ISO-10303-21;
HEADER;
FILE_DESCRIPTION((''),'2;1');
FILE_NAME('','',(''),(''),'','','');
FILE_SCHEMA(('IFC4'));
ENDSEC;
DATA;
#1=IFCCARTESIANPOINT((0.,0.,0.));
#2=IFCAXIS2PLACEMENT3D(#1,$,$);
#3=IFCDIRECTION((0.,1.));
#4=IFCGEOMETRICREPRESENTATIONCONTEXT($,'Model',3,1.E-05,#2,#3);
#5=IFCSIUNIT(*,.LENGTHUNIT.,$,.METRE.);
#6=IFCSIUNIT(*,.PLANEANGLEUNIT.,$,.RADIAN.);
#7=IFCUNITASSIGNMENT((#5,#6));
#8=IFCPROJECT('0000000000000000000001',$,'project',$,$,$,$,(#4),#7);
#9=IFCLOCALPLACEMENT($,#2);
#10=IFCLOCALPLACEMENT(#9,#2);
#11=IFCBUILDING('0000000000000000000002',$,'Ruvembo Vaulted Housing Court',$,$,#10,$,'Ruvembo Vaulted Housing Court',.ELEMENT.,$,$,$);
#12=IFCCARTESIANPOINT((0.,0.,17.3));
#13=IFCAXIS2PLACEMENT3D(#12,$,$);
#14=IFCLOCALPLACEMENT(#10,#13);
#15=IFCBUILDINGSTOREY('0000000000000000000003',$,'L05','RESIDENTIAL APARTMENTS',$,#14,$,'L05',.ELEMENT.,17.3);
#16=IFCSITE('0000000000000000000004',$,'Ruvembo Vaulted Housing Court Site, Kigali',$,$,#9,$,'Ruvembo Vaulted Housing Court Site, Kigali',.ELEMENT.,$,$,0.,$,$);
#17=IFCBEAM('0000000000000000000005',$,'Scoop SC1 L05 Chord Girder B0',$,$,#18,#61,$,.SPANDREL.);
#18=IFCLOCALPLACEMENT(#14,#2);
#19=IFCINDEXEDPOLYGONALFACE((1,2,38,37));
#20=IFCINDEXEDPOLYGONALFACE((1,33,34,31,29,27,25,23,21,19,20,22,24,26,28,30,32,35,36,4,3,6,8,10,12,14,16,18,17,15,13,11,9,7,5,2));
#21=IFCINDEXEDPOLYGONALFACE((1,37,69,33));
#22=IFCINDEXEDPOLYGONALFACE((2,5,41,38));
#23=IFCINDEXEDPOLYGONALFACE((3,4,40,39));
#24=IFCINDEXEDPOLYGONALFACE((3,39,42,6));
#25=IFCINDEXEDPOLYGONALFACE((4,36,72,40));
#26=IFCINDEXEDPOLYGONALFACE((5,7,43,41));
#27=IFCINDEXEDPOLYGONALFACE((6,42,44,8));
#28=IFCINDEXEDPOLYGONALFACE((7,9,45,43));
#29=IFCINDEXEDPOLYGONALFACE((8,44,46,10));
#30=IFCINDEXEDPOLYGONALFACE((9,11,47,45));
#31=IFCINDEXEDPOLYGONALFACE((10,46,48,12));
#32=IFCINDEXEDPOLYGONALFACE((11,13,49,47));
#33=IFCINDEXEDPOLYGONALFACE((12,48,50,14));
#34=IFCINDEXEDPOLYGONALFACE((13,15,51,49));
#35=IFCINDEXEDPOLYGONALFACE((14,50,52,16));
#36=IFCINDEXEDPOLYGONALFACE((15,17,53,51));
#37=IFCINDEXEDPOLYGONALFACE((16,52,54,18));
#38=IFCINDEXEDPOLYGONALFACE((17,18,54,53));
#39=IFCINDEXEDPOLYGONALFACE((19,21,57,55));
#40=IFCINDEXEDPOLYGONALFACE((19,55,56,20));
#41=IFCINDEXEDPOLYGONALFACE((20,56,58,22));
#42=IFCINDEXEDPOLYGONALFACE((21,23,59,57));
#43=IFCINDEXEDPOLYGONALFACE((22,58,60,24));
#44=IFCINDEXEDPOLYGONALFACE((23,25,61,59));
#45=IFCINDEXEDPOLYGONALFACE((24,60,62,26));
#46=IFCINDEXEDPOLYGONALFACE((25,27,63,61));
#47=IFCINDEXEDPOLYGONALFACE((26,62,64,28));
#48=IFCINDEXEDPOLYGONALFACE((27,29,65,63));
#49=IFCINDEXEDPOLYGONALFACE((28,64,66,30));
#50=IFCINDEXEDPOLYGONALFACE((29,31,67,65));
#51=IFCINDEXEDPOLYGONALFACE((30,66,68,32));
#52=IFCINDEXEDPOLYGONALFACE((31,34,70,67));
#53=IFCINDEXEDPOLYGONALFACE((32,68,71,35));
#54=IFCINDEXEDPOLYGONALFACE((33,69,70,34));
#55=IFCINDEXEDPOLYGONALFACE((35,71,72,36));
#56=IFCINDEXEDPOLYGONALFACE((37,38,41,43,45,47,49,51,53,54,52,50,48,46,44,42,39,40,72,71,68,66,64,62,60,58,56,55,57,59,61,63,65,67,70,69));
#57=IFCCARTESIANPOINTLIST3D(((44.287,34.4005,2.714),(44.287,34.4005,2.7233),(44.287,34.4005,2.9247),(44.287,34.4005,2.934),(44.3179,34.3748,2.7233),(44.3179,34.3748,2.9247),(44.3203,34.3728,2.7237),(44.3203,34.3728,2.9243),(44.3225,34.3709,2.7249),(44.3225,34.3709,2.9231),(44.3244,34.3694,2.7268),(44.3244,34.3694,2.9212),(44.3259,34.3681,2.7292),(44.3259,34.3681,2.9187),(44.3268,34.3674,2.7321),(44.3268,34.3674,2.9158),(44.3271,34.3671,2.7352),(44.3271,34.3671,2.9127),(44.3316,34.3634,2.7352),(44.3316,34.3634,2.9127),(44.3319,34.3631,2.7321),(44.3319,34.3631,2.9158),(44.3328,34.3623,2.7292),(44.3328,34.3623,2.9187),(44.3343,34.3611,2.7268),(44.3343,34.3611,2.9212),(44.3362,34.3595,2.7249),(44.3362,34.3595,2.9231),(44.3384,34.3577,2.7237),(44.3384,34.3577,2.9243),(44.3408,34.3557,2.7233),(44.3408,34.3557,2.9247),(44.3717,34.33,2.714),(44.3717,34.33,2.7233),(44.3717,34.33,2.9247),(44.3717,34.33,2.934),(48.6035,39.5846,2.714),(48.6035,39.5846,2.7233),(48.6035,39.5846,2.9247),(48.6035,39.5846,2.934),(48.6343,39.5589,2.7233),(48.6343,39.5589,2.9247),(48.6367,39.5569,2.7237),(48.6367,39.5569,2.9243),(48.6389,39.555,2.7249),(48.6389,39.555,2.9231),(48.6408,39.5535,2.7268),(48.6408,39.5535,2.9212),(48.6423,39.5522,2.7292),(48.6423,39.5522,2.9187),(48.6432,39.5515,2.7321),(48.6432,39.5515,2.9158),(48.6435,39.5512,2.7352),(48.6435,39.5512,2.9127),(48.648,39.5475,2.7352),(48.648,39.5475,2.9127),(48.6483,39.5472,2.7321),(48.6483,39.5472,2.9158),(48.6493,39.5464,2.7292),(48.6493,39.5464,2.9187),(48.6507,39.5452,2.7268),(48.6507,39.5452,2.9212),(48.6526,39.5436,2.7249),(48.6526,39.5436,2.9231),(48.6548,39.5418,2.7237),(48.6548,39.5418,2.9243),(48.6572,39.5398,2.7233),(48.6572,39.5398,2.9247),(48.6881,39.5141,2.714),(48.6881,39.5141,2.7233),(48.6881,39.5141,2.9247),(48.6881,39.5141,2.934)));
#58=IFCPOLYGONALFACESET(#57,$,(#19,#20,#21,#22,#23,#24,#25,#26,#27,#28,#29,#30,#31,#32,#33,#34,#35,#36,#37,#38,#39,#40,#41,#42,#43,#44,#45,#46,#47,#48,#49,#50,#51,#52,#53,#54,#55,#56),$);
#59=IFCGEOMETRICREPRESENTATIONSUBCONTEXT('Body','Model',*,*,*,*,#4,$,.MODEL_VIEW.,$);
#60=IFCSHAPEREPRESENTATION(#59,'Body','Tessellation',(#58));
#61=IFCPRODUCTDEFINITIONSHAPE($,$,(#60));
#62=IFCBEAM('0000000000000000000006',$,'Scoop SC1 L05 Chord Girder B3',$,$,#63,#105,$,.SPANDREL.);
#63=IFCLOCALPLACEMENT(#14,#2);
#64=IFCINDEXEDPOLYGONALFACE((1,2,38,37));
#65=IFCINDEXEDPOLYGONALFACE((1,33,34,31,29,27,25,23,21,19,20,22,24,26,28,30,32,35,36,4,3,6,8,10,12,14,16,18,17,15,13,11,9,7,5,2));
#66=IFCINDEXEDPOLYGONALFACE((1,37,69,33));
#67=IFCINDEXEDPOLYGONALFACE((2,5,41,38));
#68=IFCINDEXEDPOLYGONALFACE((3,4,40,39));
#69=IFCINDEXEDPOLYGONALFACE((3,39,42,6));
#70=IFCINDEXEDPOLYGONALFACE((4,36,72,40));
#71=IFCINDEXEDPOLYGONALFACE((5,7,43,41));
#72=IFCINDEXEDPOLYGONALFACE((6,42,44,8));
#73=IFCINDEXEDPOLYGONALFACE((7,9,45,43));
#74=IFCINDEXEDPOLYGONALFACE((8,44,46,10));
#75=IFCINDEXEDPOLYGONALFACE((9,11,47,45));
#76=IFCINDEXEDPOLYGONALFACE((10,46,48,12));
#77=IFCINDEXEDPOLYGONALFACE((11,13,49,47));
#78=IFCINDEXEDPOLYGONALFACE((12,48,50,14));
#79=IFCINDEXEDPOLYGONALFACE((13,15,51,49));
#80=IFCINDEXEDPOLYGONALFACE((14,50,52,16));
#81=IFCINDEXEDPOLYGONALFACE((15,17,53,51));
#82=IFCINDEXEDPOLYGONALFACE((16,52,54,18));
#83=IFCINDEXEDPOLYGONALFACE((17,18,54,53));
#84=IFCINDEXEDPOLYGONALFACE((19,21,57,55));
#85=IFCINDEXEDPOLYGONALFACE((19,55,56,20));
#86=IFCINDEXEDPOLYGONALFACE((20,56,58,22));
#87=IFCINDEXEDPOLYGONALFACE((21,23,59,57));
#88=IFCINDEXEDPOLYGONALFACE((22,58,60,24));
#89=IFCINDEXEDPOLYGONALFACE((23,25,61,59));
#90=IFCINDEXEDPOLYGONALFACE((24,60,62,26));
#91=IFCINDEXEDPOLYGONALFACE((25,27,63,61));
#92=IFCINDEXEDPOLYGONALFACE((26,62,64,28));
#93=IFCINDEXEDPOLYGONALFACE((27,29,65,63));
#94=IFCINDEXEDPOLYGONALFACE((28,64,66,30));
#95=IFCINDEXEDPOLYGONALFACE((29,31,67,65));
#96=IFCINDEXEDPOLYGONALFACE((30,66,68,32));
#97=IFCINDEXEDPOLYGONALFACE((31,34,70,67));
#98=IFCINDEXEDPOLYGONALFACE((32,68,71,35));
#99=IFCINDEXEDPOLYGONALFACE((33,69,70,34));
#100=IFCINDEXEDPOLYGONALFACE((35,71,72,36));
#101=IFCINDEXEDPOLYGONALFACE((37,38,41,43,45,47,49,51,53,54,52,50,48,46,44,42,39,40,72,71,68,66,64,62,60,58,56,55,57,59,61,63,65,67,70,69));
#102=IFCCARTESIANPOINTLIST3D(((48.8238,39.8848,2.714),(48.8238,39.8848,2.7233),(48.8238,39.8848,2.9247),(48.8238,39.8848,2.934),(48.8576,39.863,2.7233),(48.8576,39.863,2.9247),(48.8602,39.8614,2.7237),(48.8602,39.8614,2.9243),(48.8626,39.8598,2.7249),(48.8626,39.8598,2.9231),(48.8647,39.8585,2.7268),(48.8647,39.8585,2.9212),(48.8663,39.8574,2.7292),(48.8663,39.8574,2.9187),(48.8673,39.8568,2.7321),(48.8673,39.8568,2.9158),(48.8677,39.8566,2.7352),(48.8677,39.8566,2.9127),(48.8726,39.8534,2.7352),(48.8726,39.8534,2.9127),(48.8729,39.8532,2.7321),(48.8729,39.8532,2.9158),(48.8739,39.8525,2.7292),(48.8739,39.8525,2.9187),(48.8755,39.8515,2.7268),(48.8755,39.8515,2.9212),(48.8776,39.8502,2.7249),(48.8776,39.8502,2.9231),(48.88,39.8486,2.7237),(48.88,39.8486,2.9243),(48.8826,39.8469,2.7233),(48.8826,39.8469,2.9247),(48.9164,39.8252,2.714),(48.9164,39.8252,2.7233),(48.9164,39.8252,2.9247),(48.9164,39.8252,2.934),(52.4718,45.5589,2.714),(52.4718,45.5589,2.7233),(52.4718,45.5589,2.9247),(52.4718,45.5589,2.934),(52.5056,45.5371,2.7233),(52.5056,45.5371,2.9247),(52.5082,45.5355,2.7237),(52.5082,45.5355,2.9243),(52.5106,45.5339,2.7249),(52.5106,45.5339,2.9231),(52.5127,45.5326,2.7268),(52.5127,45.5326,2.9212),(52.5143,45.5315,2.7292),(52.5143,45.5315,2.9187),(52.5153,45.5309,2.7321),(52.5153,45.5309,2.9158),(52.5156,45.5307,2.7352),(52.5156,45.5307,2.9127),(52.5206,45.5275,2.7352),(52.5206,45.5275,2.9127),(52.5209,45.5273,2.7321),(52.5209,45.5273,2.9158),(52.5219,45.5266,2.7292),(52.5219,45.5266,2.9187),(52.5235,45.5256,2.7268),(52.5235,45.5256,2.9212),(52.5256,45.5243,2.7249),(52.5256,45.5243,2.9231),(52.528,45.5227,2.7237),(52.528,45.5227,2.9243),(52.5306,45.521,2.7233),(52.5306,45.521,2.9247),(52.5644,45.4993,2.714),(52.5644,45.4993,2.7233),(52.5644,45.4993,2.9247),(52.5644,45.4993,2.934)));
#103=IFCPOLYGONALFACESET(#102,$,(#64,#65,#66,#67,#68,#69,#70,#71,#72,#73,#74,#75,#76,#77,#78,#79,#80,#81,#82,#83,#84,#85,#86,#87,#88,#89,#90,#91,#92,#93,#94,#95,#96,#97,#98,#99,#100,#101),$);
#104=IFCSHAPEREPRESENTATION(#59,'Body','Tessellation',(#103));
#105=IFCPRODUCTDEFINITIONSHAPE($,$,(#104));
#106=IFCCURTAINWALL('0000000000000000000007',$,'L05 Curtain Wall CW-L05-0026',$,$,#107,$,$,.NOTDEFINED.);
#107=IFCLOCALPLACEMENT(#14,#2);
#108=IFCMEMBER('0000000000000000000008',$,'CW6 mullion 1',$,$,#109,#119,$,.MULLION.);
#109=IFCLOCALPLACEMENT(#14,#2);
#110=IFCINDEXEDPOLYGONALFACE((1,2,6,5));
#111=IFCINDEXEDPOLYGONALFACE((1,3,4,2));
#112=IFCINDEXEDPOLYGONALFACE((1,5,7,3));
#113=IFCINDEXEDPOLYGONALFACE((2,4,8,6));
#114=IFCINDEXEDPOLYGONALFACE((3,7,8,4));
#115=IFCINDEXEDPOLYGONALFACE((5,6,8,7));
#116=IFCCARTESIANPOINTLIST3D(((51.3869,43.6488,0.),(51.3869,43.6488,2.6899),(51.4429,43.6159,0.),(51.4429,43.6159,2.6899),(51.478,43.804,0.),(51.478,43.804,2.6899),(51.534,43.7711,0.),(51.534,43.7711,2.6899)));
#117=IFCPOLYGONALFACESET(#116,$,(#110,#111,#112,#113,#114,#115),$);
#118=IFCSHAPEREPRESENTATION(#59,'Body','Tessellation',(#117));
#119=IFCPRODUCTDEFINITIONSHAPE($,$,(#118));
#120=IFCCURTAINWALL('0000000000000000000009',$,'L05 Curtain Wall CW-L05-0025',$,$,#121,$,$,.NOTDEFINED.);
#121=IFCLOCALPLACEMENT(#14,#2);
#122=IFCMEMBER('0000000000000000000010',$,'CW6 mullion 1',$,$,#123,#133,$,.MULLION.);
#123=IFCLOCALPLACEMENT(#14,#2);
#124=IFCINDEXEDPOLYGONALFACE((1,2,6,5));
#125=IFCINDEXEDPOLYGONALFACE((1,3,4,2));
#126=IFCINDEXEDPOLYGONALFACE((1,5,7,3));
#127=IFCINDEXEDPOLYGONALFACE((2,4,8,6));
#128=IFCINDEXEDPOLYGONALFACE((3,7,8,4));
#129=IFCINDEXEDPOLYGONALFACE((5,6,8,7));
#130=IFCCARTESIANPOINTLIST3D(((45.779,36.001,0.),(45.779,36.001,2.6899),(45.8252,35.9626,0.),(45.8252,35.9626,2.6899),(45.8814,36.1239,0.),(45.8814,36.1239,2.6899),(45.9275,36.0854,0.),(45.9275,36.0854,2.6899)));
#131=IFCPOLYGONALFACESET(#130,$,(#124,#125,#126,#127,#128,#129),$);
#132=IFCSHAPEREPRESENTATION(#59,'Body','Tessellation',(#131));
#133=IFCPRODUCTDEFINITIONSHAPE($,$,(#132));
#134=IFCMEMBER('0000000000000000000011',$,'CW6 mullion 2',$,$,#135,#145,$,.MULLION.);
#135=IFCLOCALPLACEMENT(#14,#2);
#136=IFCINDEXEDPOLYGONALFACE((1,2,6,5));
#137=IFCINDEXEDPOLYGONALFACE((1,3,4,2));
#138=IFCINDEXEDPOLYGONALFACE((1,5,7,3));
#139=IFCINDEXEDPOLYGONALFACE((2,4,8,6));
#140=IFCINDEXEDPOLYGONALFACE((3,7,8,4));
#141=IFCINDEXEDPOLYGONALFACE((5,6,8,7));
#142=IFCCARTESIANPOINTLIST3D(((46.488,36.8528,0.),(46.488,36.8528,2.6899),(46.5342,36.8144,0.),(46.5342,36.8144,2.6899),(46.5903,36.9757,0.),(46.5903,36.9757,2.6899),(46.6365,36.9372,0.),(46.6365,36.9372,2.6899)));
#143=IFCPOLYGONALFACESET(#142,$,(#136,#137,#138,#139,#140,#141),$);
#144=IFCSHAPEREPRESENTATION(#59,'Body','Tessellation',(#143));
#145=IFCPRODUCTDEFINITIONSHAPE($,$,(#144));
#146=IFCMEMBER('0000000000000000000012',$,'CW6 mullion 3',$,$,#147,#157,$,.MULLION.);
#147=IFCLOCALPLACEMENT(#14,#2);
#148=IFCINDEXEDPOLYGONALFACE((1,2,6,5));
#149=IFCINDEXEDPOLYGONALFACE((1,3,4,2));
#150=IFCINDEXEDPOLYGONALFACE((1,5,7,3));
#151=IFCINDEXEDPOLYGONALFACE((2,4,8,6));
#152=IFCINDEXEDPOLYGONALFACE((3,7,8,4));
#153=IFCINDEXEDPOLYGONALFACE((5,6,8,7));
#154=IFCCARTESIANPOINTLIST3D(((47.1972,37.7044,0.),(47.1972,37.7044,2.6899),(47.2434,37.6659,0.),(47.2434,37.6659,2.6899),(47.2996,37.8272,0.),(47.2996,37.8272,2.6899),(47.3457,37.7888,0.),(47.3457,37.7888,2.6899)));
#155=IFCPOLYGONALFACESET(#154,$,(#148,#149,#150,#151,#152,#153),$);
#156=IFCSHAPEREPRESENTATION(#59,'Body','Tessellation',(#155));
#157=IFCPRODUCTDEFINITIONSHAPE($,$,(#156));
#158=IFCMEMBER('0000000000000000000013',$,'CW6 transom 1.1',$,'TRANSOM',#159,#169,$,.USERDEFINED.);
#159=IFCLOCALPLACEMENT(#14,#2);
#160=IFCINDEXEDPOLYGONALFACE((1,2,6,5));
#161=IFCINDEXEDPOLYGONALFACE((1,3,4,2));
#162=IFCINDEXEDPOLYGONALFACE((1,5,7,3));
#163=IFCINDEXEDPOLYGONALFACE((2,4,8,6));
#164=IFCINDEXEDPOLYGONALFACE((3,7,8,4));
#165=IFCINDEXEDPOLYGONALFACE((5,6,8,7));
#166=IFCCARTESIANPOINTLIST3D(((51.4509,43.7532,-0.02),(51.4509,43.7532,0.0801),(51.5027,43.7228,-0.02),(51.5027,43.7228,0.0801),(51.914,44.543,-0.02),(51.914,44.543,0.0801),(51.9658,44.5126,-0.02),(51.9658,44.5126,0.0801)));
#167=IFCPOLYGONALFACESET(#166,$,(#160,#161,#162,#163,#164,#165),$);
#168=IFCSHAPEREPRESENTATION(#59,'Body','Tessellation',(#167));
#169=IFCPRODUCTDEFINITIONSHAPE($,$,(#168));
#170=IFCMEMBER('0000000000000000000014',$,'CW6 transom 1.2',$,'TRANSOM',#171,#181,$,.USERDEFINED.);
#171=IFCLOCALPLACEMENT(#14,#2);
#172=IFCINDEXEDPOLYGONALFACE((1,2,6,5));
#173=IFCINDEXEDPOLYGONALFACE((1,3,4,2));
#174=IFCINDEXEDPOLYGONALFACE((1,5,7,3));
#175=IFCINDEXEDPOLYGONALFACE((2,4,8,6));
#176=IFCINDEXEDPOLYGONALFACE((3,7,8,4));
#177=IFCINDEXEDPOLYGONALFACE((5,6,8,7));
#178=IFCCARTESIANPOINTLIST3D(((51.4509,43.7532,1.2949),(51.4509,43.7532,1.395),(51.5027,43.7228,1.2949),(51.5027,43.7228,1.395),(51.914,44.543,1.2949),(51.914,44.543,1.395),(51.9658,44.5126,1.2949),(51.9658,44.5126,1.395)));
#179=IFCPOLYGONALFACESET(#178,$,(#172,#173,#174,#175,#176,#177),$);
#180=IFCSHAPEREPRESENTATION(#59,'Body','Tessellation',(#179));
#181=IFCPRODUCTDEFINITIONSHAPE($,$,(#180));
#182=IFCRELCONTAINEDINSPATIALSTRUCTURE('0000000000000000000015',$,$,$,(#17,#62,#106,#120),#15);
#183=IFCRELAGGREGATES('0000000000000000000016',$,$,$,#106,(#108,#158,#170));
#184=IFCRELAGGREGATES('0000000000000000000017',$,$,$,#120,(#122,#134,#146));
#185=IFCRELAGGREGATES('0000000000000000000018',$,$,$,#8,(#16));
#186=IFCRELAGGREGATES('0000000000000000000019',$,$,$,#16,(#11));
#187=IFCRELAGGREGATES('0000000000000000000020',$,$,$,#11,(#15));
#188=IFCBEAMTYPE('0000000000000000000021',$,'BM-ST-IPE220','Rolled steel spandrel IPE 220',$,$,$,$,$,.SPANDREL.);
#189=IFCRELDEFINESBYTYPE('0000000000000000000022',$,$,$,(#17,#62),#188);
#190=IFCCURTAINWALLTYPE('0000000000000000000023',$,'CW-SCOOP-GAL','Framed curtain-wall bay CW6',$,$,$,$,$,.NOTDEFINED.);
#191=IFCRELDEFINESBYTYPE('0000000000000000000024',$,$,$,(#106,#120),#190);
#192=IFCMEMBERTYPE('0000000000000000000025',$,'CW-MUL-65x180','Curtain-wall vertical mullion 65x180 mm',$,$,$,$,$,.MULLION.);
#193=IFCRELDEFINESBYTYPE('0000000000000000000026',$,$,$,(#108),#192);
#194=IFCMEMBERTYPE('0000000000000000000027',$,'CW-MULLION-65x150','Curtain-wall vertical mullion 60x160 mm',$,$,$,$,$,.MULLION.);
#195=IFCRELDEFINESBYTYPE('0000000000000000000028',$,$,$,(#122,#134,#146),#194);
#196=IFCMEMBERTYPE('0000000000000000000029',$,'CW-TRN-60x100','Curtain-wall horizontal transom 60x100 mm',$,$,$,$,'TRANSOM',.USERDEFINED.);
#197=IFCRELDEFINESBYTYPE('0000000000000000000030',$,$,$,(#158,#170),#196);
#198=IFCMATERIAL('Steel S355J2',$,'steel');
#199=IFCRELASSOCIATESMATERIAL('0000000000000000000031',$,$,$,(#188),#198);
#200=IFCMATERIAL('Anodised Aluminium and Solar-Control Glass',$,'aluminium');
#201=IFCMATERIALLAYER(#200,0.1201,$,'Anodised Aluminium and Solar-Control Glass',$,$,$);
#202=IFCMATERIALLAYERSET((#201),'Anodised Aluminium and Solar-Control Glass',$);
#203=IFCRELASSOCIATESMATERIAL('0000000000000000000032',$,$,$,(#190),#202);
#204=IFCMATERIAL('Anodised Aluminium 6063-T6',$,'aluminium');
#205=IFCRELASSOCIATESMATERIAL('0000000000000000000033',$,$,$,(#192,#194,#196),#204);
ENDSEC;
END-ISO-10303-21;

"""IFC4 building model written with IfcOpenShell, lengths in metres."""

from ifc_helpers import new_model, si_unit, direction, frame, origin, origin_2d, place, context, subcontext, project, spatial, rectangle, i_section, extrude, material, layer, layer_set, material_profile, profile_set, type_object, element, aggregate, save


model = new_model("IFC4")

# Units and contexts
model_context = context("Model", 3, precision=1e-05, world=origin(), true_north=direction((0.0, 1.0)))
body_context = subcontext(model_context, "Body", "Model", "MODEL_VIEW")
ifc_project = project(units=[si_unit("LENGTHUNIT", "METRE"), si_unit("PLANEANGLEUNIT", "RADIAN")], contexts=[model_context])

# Site, building, storey
site_placement = place(None, origin())
site = spatial("IfcSite", under=ifc_project, at=site_placement, Name="Ruvembo Vaulted Housing Court Site, Kigali", LongName="Ruvembo Vaulted Housing Court Site, Kigali", CompositionType="ELEMENT", RefElevation=0.0)
building_placement = place(site_placement, origin())
building = spatial("IfcBuilding", under=site, at=building_placement, Name="Ruvembo Vaulted Housing Court", LongName="Ruvembo Vaulted Housing Court", CompositionType="ELEMENT")
storey_placement = place(building_placement, frame((0.0, 0.0, 17.3)))
storey = spatial("IfcBuildingStorey", under=building, at=storey_placement, Name="L05", Description="RESIDENTIAL APARTMENTS", LongName="L05", CompositionType="ELEMENT", Elevation=17.3)

# Beams
ifc_material_1 = material(Name="Steel S355J2", Category="steel")
ifc_material_profile_1 = material_profile(ifc_material_1, i_section(OverallWidth=0.1101, OverallDepth=0.22, WebThickness=0.0059, FlangeThickness=0.0093, FilletRadius=0.012, at=origin_2d()), Name="IPE 220")
ifc_profile_set_1 = profile_set([ifc_material_profile_1], Name="Steel S355J2")
beam_type_1 = type_object("IfcBeamType", Name="BM-ST-IPE220", Description="Rolled steel spandrel IPE 220", PredefinedType="SPANDREL", material=ifc_profile_set_1)
beam_1_placement = place(storey_placement, frame((44.3293, 34.3652, 2.824), z_axis=(0.639864, 0.768488, 0.0), x_axis=(-0.768488, 0.639864, 0.0)))
element("IfcBeam", 1, at=beam_1_placement, inside=storey, type_object=beam_type_1, Name="Scoop SC1 L05 Chord Girder B0", PredefinedType="SPANDREL", context=body_context, shape_type="SweptSolid", body=[
    extrude(i_section(OverallWidth=0.1101, OverallDepth=0.22, WebThickness=0.0059, FlangeThickness=0.0093, FilletRadius=0.012, at=origin_2d()), origin(), (0.0, 0.0, 1.0), 6.7458),
])
beam_2_placement = place(storey_placement, frame((48.8701, 39.855, 2.824), z_axis=(0.540792, 0.841156, 0.0), x_axis=(-0.841156, 0.540792, 0.0)))
element("IfcBeam", 2, at=beam_2_placement, inside=storey, type_object=beam_type_1, Name="Scoop SC1 L05 Chord Girder B3", PredefinedType="SPANDREL", context=body_context, shape_type="SweptSolid", body=[
    extrude(i_section(OverallWidth=0.1101, OverallDepth=0.22, WebThickness=0.0059, FlangeThickness=0.0093, FilletRadius=0.012, at=origin_2d()), origin(), (0.0, 0.0, 1.0), 6.7456),
])

# Curtain wall, member
ifc_material_2 = material(Name="Anodised Aluminium and Solar-Control Glass", Category="aluminium")
ifc_layer_1 = layer(ifc_material_2, 0.1201, Name="Anodised Aluminium and Solar-Control Glass")
ifc_layer_set_1 = layer_set([ifc_layer_1], Name="Anodised Aluminium and Solar-Control Glass")
curtain_wall_type = type_object("IfcCurtainWallType", Name="CW-SCOOP-GAL", Description="Framed curtain-wall bay CW6", PredefinedType="NOTDEFINED", material=ifc_layer_set_1)
curtain_wall_1_placement = place(storey_placement, origin())
curtain_wall_1 = element("IfcCurtainWall", 3, at=curtain_wall_1_placement, inside=storey, type_object=curtain_wall_type, Name="L05 Curtain Wall CW-L05-0026", PredefinedType="NOTDEFINED")
ifc_material_3 = material(Name="Anodised Aluminium 6063-T6", Category="aluminium")
ifc_material_profile_2 = material_profile(ifc_material_3, rectangle(XDim=0.0649, YDim=0.1799, at=origin_2d()), Name="ALU 65x180")
ifc_profile_set_2 = profile_set([ifc_material_profile_2], Name="Anodised Aluminium 6063-T6")
member_type_1 = type_object("IfcMemberType", Name="CW-MUL-65x180", Description="Curtain-wall vertical mullion 65x180 mm", PredefinedType="MULLION", material=ifc_profile_set_2)
member_1_placement = place(storey_placement, frame((51.4604, 43.71, 0.0), z_axis=(0.0, 0.0, 1.0), x_axis=(-0.862601, 0.505885, 0.0)))
member_1 = element("IfcMember", 4, at=member_1_placement, type_object=member_type_1, Name="CW6 mullion 1", PredefinedType="MULLION", context=body_context, shape_type="SweptSolid", body=[
    extrude(rectangle(XDim=0.0649, YDim=0.1799, at=origin_2d()), origin(), (0.0, 0.0, 1.0), 2.6899),
])

# Curtain wall, members
curtain_wall_2_placement = place(storey_placement, origin())
curtain_wall_2 = element("IfcCurtainWall", 5, at=curtain_wall_2_placement, inside=storey, type_object=curtain_wall_type, Name="L05 Curtain Wall CW-L05-0025", PredefinedType="NOTDEFINED")
ifc_material_profile_3 = material_profile(ifc_material_3, rectangle(XDim=0.0601, YDim=0.1599, at=origin_2d()), Name="ALU 60x160")
ifc_profile_set_3 = profile_set([ifc_material_profile_3], Name="Anodised Aluminium 6063-T6")
member_type_2 = type_object("IfcMemberType", Name="CW-MULLION-65x150", Description="Curtain-wall vertical mullion 60x160 mm", PredefinedType="MULLION", material=ifc_profile_set_3)
member_2_placement = place(storey_placement, frame((45.8533, 36.0432, 0.0), z_axis=(0.0, 0.0, 1.0), x_axis=(-0.768484, 0.639869, 0.0)))
member_2 = element("IfcMember", 6, at=member_2_placement, type_object=member_type_2, Name="CW6 mullion 1", PredefinedType="MULLION", context=body_context, shape_type="SweptSolid", body=[
    extrude(rectangle(XDim=0.0601, YDim=0.1599, at=origin_2d()), origin(), (0.0, 0.0, 1.0), 2.6899),
])
member_3_placement = place(storey_placement, frame((46.5623, 36.895, 0.0), z_axis=(0.0, 0.0, 1.0), x_axis=(-0.768484, 0.639869, 0.0)))
member_3 = element("IfcMember", 7, at=member_3_placement, type_object=member_type_2, Name="CW6 mullion 2", PredefinedType="MULLION", context=body_context, shape_type="SweptSolid", body=[
    extrude(rectangle(XDim=0.0601, YDim=0.1599, at=origin_2d()), origin(), (0.0, 0.0, 1.0), 2.6899),
])
member_4_placement = place(storey_placement, frame((47.2715, 37.7466, 0.0), z_axis=(0.0, 0.0, 1.0), x_axis=(-0.768484, 0.639869, 0.0)))
member_4 = element("IfcMember", 8, at=member_4_placement, type_object=member_type_2, Name="CW6 mullion 3", PredefinedType="MULLION", context=body_context, shape_type="SweptSolid", body=[
    extrude(rectangle(XDim=0.0601, YDim=0.1599, at=origin_2d()), origin(), (0.0, 0.0, 1.0), 2.6899),
])

# Members
ifc_material_profile_4 = material_profile(ifc_material_3, rectangle(XDim=0.0601, YDim=0.1001, at=origin_2d()), Name="ALU 60x100")
ifc_profile_set_4 = profile_set([ifc_material_profile_4], Name="Anodised Aluminium 6063-T6")
member_type_3 = type_object("IfcMemberType", Name="CW-TRN-60x100", Description="Curtain-wall horizontal transom 60x100 mm", ElementType="TRANSOM", PredefinedType="USERDEFINED", material=ifc_profile_set_4)
member_5_placement = place(storey_placement, frame((51.4768, 43.738, 0.03), z_axis=(0.505843, 0.862626, 0.0), x_axis=(-0.862626, 0.505843, 0.0)))
member_5 = element("IfcMember", 9, at=member_5_placement, type_object=member_type_3, Name="CW6 transom 1.1", ObjectType="TRANSOM", PredefinedType="USERDEFINED", context=body_context, shape_type="SweptSolid", body=[
    extrude(rectangle(XDim=0.0601, YDim=0.1001, at=origin_2d()), origin(), (0.0, 0.0, 1.0), 0.9155),
])
member_6_placement = place(storey_placement, frame((51.4768, 43.738, 1.345), z_axis=(0.505843, 0.862626, 0.0), x_axis=(-0.862626, 0.505843, 0.0)))
member_6 = element("IfcMember", 10, at=member_6_placement, type_object=member_type_3, Name="CW6 transom 1.2", ObjectType="TRANSOM", PredefinedType="USERDEFINED", context=body_context, shape_type="SweptSolid", body=[
    extrude(rectangle(XDim=0.0601, YDim=0.1001, at=origin_2d()), origin(), (0.0, 0.0, 1.0), 0.9155),
])
aggregate(curtain_wall_1, [member_1, member_5, member_6])

aggregate(curtain_wall_2, [member_2, member_3, member_4])

save(model, "model.ifc")
